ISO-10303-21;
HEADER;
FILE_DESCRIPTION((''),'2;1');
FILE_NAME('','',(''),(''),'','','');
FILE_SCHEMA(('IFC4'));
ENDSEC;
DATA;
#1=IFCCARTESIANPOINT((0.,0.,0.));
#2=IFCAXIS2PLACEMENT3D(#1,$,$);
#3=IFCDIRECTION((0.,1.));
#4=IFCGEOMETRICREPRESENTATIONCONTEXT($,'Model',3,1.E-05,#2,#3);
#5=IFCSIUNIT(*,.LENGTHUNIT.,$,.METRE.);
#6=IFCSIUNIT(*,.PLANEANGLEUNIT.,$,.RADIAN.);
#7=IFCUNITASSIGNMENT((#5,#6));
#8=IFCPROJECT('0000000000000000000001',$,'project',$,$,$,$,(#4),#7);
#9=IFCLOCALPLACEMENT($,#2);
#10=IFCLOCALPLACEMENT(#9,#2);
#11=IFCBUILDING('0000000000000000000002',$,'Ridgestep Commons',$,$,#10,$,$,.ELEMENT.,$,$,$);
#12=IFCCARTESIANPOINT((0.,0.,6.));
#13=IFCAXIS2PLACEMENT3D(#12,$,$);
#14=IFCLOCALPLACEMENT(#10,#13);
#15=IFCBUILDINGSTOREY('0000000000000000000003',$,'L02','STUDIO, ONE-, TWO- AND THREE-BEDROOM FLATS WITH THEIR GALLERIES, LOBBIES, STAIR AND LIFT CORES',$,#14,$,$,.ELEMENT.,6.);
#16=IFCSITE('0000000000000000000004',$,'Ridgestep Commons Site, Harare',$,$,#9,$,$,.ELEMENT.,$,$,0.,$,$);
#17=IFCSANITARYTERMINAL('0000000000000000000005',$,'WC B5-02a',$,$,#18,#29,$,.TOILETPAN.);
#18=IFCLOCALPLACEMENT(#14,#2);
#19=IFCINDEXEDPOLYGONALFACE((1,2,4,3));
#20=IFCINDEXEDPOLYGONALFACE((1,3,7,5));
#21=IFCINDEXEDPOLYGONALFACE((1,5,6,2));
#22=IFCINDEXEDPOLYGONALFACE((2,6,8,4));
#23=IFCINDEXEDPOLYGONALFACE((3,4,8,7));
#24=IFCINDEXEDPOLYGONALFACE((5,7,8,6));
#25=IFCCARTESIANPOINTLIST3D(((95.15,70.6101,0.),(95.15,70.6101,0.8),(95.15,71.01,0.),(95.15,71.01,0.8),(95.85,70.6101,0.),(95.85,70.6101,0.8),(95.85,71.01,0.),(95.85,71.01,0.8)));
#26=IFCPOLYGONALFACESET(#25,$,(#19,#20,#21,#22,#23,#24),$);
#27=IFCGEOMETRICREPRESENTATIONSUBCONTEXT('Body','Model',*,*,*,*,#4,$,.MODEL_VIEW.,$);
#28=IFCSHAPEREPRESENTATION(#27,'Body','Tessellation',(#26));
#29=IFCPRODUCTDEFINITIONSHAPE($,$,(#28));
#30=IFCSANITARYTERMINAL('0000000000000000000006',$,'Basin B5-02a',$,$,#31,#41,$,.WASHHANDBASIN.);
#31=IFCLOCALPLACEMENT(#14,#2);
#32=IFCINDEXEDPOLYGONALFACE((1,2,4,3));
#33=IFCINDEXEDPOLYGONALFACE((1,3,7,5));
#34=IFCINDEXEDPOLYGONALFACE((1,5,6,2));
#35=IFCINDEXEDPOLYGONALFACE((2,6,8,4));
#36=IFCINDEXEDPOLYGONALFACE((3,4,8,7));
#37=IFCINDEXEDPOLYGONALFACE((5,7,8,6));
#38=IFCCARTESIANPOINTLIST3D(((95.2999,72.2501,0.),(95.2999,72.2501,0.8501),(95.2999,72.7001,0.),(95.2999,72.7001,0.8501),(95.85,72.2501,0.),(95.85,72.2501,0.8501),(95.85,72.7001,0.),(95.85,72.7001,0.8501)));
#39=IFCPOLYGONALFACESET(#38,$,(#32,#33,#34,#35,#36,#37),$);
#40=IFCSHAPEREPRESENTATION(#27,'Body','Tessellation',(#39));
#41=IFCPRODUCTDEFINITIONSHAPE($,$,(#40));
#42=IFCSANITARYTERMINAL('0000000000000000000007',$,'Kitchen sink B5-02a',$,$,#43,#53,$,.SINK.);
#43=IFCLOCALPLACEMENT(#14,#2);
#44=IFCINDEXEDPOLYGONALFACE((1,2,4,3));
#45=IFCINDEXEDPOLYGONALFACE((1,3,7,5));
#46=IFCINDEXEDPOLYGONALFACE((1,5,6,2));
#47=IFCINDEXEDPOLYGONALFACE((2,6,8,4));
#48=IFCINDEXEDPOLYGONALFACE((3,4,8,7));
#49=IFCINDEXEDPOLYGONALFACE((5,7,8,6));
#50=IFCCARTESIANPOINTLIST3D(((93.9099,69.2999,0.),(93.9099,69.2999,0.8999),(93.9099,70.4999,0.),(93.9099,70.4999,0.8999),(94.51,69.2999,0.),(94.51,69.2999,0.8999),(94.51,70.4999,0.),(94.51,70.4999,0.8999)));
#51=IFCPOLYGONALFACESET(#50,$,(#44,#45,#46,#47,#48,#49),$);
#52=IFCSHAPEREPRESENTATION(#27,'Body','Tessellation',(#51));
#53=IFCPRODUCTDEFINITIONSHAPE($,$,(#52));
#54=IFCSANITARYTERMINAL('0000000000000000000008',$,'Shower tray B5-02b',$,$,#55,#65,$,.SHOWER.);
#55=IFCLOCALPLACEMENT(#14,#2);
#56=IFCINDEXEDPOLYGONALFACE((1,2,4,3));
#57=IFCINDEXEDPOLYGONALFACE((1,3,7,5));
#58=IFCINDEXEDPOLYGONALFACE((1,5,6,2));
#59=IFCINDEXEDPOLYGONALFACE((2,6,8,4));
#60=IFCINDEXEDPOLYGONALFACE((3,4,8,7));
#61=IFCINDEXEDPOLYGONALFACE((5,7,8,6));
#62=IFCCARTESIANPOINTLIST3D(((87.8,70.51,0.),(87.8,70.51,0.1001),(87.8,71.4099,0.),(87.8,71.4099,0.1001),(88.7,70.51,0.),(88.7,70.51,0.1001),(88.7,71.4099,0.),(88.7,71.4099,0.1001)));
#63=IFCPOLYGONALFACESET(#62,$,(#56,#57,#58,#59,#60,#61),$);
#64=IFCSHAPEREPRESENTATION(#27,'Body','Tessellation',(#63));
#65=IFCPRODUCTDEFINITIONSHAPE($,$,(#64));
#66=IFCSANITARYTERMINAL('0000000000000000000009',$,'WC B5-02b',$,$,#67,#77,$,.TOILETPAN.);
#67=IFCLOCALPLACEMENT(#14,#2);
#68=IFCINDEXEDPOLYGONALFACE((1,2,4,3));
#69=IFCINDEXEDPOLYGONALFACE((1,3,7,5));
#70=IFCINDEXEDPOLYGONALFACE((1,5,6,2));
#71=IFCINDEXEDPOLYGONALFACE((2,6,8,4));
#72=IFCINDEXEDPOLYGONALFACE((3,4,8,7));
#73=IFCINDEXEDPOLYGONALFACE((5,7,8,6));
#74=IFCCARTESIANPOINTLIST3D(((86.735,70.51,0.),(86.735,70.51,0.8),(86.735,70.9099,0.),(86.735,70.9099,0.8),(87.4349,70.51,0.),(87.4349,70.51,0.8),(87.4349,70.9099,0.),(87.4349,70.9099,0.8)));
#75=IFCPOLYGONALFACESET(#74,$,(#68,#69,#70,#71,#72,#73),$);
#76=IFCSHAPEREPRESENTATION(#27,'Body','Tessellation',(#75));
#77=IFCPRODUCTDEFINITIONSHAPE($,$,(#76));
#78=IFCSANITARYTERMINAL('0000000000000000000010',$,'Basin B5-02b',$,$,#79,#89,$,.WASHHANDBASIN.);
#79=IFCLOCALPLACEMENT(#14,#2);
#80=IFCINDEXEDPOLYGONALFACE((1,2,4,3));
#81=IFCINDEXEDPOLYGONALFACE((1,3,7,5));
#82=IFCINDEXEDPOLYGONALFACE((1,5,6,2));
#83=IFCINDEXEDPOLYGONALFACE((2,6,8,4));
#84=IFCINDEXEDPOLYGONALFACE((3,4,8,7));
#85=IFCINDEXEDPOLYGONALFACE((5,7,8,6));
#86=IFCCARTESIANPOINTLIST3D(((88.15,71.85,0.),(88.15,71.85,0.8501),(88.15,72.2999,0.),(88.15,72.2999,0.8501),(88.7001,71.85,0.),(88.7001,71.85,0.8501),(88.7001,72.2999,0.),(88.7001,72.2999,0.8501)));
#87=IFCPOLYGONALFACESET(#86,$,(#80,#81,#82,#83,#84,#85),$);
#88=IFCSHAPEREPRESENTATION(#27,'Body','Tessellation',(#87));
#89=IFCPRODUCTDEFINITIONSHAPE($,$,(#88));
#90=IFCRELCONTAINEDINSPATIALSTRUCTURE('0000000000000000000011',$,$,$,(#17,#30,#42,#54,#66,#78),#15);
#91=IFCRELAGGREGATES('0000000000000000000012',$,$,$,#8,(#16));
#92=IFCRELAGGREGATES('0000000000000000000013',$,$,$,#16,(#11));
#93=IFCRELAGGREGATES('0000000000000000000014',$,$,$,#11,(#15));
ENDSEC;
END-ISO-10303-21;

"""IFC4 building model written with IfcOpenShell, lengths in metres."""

from ifc_helpers import new_model, si_unit, direction, frame, origin, origin_2d, place, context, subcontext, project, spatial, rectangle, extrude, element, save


model = new_model("IFC4")

# Units and contexts
model_context = context("Model", 3, precision=1e-05, world=origin(), true_north=direction((0.0, 1.0)))
body_context = subcontext(model_context, "Body", "Model", "MODEL_VIEW")
ifc_project = project(units=[si_unit("LENGTHUNIT", "METRE"), si_unit("PLANEANGLEUNIT", "RADIAN")], contexts=[model_context])

# Site, building, storey
site_placement = place(None, origin())
site = spatial("IfcSite", under=ifc_project, at=site_placement, Name="Ridgestep Commons Site, Harare", CompositionType="ELEMENT", RefElevation=0.0)
building_placement = place(site_placement, origin())
building = spatial("IfcBuilding", under=site, at=building_placement, Name="Ridgestep Commons", CompositionType="ELEMENT")
storey_placement = place(building_placement, frame((0.0, 0.0, 6.0)))
storey = spatial("IfcBuildingStorey", under=building, at=storey_placement, Name="L02", Description="STUDIO, ONE-, TWO- AND THREE-BEDROOM FLATS WITH THEIR GALLERIES, LOBBIES, STAIR AND LIFT CORES", CompositionType="ELEMENT", Elevation=6.0)

# Sanitary terminals
sanitary_terminal_1_placement = place(storey_placement, frame((95.5, 70.8101, 0.0), z_axis=(0.0, 0.0, 1.0), x_axis=(1.0, 0.0, 0.0)))
element("IfcSanitaryTerminal", 1, at=sanitary_terminal_1_placement, inside=storey, Name="WC B5-02a", PredefinedType="TOILETPAN", context=body_context, shape_type="SweptSolid", body=[
    extrude(rectangle(XDim=0.7, YDim=0.3999, at=origin_2d()), origin(), (0.0, 0.0, 1.0), 0.8),
])
sanitary_terminal_2_placement = place(storey_placement, frame((95.575, 72.4751, 0.0), z_axis=(0.0, 0.0, 1.0), x_axis=(1.0, 0.0, 0.0)))
element("IfcSanitaryTerminal", 2, at=sanitary_terminal_2_placement, inside=storey, Name="Basin B5-02a", PredefinedType="WASHHANDBASIN", context=body_context, shape_type="SweptSolid", body=[
    extrude(rectangle(XDim=0.55, YDim=0.45, at=origin_2d()), origin(), (0.0, 0.0, 1.0), 0.8501),
])
sanitary_terminal_3_placement = place(storey_placement, frame((94.21, 69.8999, 0.0), z_axis=(0.0, 0.0, 1.0), x_axis=(1.0, 0.0, 0.0)))
element("IfcSanitaryTerminal", 3, at=sanitary_terminal_3_placement, inside=storey, Name="Kitchen sink B5-02a", PredefinedType="SINK", context=body_context, shape_type="SweptSolid", body=[
    extrude(rectangle(XDim=0.6001, YDim=1.2, at=origin_2d()), origin(), (0.0, 0.0, 1.0), 0.8999),
])
sanitary_terminal_4_placement = place(storey_placement, frame((88.25, 70.96, 0.0), z_axis=(0.0, 0.0, 1.0), x_axis=(1.0, 0.0, 0.0)))
element("IfcSanitaryTerminal", 4, at=sanitary_terminal_4_placement, inside=storey, Name="Shower tray B5-02b", PredefinedType="SHOWER", context=body_context, shape_type="SweptSolid", body=[
    extrude(rectangle(XDim=0.8999, YDim=0.8999, at=origin_2d()), origin(), (0.0, 0.0, 1.0), 0.1001),
])
sanitary_terminal_5_placement = place(storey_placement, frame((87.085, 70.71, 0.0), z_axis=(0.0, 0.0, 1.0), x_axis=(1.0, 0.0, 0.0)))
element("IfcSanitaryTerminal", 5, at=sanitary_terminal_5_placement, inside=storey, Name="WC B5-02b", PredefinedType="TOILETPAN", context=body_context, shape_type="SweptSolid", body=[
    extrude(rectangle(XDim=0.7, YDim=0.3999, at=origin_2d()), origin(), (0.0, 0.0, 1.0), 0.8),
])
sanitary_terminal_6_placement = place(storey_placement, frame((88.425, 72.075, 0.0), z_axis=(0.0, 0.0, 1.0), x_axis=(1.0, 0.0, 0.0)))
element("IfcSanitaryTerminal", 6, at=sanitary_terminal_6_placement, inside=storey, Name="Basin B5-02b", PredefinedType="WASHHANDBASIN", context=body_context, shape_type="SweptSolid", body=[
    extrude(rectangle(XDim=0.55, YDim=0.45, at=origin_2d()), origin(), (0.0, 0.0, 1.0), 0.8501),
])

save(model, "model.ifc")
